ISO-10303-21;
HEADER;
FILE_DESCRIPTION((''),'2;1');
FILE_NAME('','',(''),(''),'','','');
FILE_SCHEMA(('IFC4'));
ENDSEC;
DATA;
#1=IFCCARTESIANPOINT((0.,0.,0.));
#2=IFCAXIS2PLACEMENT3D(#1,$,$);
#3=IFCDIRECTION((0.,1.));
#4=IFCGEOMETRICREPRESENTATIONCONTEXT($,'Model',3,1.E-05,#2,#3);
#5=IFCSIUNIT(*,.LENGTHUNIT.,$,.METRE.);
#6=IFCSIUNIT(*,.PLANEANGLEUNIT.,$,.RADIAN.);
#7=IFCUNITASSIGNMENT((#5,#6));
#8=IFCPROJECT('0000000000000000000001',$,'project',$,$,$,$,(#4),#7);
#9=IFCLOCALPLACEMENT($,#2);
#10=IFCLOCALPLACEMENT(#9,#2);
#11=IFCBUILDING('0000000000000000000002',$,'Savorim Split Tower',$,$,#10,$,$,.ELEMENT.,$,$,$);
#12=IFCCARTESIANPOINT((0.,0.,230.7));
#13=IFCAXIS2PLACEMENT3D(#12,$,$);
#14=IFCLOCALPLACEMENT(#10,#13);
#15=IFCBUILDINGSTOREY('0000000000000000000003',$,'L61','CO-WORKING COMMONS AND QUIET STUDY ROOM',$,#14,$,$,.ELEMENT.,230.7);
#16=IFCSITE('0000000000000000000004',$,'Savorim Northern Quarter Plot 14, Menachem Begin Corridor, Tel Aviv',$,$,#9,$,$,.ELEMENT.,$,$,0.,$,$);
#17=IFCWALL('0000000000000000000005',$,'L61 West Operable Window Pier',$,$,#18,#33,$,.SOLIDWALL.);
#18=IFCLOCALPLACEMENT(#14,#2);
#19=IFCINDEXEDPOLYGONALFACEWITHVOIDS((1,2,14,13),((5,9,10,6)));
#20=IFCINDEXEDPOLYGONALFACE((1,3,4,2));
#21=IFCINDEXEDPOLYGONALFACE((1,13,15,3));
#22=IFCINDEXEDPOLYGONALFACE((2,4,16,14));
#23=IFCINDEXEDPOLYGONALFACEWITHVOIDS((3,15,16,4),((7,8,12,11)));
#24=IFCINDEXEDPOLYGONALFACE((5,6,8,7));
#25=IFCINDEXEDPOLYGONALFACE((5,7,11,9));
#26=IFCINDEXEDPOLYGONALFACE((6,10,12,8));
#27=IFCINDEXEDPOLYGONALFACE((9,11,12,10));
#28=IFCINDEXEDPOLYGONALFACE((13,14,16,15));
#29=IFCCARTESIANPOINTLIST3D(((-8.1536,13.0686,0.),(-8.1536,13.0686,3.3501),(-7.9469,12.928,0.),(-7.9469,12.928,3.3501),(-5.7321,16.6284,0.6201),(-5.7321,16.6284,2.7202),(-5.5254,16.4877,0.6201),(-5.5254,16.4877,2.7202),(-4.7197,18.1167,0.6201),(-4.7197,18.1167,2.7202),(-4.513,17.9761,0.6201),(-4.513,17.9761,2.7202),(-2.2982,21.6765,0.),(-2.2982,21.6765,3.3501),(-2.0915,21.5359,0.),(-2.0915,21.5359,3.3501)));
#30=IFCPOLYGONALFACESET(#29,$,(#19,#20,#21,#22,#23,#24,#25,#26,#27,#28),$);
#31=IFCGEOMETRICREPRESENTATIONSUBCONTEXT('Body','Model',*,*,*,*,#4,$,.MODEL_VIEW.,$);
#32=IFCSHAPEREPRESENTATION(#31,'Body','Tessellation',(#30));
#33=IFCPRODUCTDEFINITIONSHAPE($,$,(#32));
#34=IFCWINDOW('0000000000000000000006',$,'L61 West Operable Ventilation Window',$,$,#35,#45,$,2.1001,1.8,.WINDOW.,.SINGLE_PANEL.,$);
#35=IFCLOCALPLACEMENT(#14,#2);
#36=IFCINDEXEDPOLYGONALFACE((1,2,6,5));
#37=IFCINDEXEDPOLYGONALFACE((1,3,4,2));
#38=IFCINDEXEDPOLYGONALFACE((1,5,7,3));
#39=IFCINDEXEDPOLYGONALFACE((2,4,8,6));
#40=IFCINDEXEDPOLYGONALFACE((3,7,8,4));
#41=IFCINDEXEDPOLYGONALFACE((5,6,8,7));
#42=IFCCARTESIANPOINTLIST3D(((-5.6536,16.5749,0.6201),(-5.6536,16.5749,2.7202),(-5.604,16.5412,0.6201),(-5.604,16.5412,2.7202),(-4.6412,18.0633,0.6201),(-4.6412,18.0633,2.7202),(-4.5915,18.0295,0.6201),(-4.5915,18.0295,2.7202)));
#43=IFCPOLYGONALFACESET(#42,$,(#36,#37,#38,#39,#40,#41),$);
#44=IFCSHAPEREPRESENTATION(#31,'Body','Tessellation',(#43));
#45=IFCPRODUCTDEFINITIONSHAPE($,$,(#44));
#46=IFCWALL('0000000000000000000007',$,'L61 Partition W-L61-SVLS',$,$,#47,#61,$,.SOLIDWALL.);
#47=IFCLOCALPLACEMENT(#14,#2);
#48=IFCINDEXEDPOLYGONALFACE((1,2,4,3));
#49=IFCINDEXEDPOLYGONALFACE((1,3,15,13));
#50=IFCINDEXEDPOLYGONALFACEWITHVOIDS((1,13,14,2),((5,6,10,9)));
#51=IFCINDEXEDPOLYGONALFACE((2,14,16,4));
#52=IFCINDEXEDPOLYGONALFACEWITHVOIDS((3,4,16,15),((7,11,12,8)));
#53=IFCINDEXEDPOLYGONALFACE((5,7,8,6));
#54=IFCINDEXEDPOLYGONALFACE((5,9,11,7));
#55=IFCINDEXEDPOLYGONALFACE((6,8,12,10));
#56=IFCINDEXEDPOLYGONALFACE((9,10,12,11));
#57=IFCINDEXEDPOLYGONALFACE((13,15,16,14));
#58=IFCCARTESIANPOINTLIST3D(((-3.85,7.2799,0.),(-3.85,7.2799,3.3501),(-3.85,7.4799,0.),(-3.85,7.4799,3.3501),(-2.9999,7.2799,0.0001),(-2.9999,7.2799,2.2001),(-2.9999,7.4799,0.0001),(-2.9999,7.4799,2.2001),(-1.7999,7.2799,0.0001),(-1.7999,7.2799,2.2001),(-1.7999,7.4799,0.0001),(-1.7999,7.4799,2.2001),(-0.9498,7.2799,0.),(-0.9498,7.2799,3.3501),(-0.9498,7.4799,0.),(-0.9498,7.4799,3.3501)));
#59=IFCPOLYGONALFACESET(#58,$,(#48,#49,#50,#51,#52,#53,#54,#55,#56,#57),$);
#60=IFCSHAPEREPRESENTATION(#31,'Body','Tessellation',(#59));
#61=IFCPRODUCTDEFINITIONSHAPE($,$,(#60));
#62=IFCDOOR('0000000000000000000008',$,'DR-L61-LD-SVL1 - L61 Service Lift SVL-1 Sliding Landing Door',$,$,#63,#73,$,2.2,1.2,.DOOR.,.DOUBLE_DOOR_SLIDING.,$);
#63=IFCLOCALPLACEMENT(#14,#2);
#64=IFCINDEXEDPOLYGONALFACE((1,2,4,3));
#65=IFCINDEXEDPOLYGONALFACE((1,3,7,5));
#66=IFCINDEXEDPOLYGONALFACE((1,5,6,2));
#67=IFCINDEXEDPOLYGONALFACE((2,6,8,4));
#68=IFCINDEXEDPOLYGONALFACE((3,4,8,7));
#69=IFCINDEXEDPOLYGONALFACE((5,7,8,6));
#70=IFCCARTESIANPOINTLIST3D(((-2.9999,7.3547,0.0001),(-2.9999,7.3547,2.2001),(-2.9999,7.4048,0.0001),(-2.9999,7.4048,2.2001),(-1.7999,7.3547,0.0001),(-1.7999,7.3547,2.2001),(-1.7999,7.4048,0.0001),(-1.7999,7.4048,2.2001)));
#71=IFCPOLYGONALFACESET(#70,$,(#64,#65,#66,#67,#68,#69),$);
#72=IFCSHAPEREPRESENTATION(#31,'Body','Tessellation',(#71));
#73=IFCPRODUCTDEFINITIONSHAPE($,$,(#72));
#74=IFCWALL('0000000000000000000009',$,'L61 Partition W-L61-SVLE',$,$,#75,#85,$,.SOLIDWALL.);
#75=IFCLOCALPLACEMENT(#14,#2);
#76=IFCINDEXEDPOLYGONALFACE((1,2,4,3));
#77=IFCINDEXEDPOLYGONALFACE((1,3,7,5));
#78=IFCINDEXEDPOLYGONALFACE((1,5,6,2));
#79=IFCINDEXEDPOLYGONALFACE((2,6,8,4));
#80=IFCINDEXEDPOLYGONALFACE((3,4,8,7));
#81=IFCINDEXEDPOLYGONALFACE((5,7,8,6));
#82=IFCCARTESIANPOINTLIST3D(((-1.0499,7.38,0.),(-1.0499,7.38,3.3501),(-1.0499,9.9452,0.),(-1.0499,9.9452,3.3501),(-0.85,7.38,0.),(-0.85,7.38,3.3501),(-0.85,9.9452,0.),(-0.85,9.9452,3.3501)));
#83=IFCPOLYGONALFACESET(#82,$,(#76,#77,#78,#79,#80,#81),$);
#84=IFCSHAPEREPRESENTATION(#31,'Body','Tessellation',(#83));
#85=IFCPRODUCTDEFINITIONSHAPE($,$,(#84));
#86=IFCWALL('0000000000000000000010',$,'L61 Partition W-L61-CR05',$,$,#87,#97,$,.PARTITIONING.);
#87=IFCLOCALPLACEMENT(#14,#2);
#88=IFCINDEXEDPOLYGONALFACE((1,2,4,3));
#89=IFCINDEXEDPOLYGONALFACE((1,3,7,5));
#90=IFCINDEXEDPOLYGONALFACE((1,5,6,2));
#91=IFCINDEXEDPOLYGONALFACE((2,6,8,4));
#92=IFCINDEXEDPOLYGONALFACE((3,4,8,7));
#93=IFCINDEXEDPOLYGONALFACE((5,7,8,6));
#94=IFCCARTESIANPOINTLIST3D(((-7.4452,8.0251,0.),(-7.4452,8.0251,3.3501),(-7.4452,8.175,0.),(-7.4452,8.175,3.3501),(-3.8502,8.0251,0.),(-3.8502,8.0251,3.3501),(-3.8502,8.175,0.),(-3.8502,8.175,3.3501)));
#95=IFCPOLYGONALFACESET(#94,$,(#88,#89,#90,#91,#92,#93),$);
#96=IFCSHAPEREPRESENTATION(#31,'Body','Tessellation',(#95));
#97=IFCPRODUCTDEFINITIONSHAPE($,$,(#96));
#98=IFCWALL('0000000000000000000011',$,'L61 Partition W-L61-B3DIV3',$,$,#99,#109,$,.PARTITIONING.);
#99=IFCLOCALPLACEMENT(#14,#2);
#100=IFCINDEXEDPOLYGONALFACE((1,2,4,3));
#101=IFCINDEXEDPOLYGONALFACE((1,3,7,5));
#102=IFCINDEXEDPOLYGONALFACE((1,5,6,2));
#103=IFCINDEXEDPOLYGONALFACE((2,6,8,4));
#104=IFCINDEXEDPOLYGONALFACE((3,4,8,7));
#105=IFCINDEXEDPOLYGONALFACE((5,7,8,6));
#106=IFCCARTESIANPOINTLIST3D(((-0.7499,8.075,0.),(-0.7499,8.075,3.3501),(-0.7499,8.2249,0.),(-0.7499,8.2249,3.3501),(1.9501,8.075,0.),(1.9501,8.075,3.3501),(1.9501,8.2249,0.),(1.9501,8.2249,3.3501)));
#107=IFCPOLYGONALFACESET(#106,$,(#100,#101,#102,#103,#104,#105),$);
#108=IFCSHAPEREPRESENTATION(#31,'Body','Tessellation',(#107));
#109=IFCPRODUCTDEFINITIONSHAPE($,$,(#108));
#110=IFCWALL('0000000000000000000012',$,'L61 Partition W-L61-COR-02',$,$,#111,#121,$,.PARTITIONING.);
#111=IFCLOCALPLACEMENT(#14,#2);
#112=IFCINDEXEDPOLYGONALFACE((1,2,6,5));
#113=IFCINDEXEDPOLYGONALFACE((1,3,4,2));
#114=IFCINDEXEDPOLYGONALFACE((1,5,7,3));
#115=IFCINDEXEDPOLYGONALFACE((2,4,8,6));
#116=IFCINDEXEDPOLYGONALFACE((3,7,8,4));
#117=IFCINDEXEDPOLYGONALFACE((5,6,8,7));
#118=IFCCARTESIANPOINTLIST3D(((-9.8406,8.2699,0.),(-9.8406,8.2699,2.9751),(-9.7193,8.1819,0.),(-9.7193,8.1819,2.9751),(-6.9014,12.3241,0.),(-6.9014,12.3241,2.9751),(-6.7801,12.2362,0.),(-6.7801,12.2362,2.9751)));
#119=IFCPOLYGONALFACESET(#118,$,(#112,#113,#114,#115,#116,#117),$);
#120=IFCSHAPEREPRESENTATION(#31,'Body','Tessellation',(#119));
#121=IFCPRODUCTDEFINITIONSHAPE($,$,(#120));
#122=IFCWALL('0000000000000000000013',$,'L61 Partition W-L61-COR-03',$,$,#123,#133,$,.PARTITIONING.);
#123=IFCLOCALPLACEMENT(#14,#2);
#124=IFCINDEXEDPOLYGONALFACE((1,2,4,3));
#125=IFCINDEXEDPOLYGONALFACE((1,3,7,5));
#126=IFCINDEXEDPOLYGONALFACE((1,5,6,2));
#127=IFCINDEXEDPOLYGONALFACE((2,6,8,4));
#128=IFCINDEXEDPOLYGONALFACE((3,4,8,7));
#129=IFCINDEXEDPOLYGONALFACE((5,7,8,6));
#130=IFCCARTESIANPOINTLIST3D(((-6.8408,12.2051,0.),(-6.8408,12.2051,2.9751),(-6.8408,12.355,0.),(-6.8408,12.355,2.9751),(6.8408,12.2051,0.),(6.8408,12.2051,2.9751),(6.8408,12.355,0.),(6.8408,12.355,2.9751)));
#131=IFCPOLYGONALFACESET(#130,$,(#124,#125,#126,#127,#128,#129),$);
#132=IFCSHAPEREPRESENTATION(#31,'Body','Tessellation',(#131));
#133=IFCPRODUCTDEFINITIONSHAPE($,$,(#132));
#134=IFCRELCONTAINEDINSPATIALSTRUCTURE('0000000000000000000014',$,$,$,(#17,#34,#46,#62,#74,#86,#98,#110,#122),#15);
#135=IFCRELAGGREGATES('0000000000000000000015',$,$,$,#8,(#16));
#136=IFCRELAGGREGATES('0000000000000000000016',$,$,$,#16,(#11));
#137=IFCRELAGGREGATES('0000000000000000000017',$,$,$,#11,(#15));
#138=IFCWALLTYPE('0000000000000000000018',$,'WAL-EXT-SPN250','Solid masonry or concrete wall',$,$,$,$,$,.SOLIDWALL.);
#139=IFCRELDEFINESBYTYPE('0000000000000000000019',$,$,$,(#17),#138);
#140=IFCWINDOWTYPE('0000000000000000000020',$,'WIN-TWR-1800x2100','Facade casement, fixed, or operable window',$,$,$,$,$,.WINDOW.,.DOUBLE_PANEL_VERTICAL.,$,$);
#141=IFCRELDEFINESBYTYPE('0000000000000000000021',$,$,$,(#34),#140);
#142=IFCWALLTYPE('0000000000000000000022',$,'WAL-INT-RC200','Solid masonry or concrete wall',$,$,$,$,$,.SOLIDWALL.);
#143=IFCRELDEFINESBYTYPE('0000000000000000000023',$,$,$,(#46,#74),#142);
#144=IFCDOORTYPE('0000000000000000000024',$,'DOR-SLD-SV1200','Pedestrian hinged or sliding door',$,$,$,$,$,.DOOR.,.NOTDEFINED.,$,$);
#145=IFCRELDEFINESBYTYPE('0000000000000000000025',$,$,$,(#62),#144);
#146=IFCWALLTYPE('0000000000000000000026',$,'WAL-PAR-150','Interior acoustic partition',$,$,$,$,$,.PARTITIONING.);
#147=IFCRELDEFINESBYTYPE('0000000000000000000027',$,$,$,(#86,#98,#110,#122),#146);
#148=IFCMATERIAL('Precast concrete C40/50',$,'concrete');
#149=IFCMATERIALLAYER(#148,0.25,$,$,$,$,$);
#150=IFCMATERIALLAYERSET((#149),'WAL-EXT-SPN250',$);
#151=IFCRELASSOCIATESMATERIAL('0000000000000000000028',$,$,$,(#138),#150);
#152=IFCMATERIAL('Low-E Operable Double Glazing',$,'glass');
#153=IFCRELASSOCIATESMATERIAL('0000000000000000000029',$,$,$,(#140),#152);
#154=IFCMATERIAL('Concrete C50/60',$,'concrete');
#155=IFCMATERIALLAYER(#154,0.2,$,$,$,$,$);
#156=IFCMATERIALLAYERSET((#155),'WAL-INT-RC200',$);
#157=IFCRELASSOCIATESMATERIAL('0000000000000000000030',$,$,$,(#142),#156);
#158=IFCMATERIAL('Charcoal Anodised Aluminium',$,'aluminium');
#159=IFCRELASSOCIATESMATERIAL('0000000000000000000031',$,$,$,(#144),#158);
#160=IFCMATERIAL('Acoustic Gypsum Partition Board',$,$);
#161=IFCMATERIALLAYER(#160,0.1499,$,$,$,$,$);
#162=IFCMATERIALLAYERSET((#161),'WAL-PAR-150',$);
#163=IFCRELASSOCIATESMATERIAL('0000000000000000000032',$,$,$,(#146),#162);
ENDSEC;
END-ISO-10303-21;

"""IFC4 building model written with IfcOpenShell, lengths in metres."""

from ifc_helpers import new_model, si_unit, direction, frame, frame_2d, origin, place, context, subcontext, project, spatial, rectangle, extrude, material, layer, layer_set, type_object, element, fill, save


model = new_model("IFC4")

# Units and contexts
model_context = context("Model", 3, precision=1e-05, world=origin(), true_north=direction((0.0, 1.0)))
body_context = subcontext(model_context, "Body", "Model", "MODEL_VIEW")
ifc_project = project(units=[si_unit("LENGTHUNIT", "METRE"), si_unit("PLANEANGLEUNIT", "RADIAN")], contexts=[model_context])

# Site, building, storey
site_placement = place(None, origin())
site = spatial("IfcSite", under=ifc_project, at=site_placement, Name="Savorim Northern Quarter Plot 14, Menachem Begin Corridor, Tel Aviv", CompositionType="ELEMENT", RefElevation=0.0)
building_placement = place(site_placement, origin())
building = spatial("IfcBuilding", under=site, at=building_placement, Name="Savorim Split Tower", CompositionType="ELEMENT")
storey_placement = place(building_placement, frame((0.0, 0.0, 230.7)))
storey = spatial("IfcBuildingStorey", under=building, at=storey_placement, Name="L61", Description="CO-WORKING COMMONS AND QUIET STUDY ROOM", CompositionType="ELEMENT", Elevation=230.7)

# Shared definitions
ifc_material_1 = material(Name="Charcoal Anodised Aluminium", Category="aluminium")

# Wall, opening, window
ifc_material_2 = material(Name="Precast concrete C40/50", Category="concrete")
ifc_material_3 = material(Name="Low-E Operable Double Glazing", Category="glass")
ifc_layer_1 = layer(ifc_material_2, 0.25)
ifc_layer_set_1 = layer_set([ifc_layer_1], Name="WAL-EXT-SPN250")
wall_type_1 = type_object("IfcWallType", Name="WAL-EXT-SPN250", Description="Solid masonry or concrete wall", PredefinedType="SOLIDWALL", material=ifc_layer_set_1)
wall_1_placement = place(storey_placement, frame((-8.0503, 12.9983, 0.0), z_axis=(0.0, 0.0, 1.0), x_axis=(0.562447, 0.826833, 0.0)))
wall_1 = element("IfcWall", 1, at=wall_1_placement, inside=storey, type_object=wall_type_1, Name="L61 West Operable Window Pier", PredefinedType="SOLIDWALL", context=body_context, shape_type="SweptSolid", body=[
    extrude(rectangle(XDim=10.4106, YDim=0.25, at=frame_2d((5.2053, 0.0))), origin(), (0.0, 0.0, 1.0), 3.3501),
])
opening_1_placement = place(wall_1_placement, frame((4.3054, 0.0, 0.6201)))
opening_1 = element("IfcOpeningElement", 2, at=opening_1_placement, cuts=wall_1, PredefinedType="OPENING", context=body_context, shape_type="SweptSolid", body=[
    extrude(rectangle(XDim=1.8, YDim=2.1001, at=frame_2d((0.8999, 1.05))), frame((0.0, 0.135, 0.0), z_axis=(0.0, -1.0, 0.0), x_axis=(1.0, 0.0, 0.0)), (0.0, 0.0, 1.0), 0.27),
])
window_type_1 = type_object("IfcWindowType", Name="WIN-TWR-1800x2100", Description="Facade casement, fixed, or operable window", PartitioningType="DOUBLE_PANEL_VERTICAL", PredefinedType="WINDOW", material=ifc_material_3)
window_1_placement = place(opening_1_placement, origin())
window_1 = element("IfcWindow", 3, at=window_1_placement, inside=storey, type_object=window_type_1, Name="L61 West Operable Ventilation Window", OverallHeight=2.1001, OverallWidth=1.8, PartitioningType="SINGLE_PANEL", PredefinedType="WINDOW", context=body_context, shape_type="SweptSolid", body=[
    extrude(rectangle(XDim=1.8, YDim=2.1001, at=frame_2d((0.8999, 1.05))), frame((0.0, 0.03, 0.0), z_axis=(0.0, -1.0, 0.0), x_axis=(1.0, 0.0, 0.0)), (0.0, 0.0, 1.0), 0.0601),
])
fill(opening_1, window_1)

# Wall, opening, door
ifc_material_4 = material(Name="Concrete C50/60", Category="concrete")
ifc_layer_2 = layer(ifc_material_4, 0.2)
ifc_layer_set_2 = layer_set([ifc_layer_2], Name="WAL-INT-RC200")
wall_type_2 = type_object("IfcWallType", Name="WAL-INT-RC200", Description="Solid masonry or concrete wall", PredefinedType="SOLIDWALL", material=ifc_layer_set_2)
wall_2_placement = place(storey_placement, frame((-3.8501, 7.3799, 0.0), z_axis=(0.0, 0.0, 1.0), x_axis=(1.0, 0.0, 0.0)))
wall_2 = element("IfcWall", 4, at=wall_2_placement, inside=storey, type_object=wall_type_2, Name="L61 Partition W-L61-SVLS", PredefinedType="SOLIDWALL", context=body_context, shape_type="SweptSolid", body=[
    extrude(rectangle(XDim=2.9001, YDim=0.2, at=frame_2d((1.4502, 0.0))), origin(), (0.0, 0.0, 1.0), 3.3501),
])
opening_2_placement = place(wall_2_placement, frame((0.8501, 0.0, 0.0)))
opening_2 = element("IfcOpeningElement", 5, at=opening_2_placement, cuts=wall_2, PredefinedType="OPENING", context=body_context, shape_type="SweptSolid", body=[
    extrude(rectangle(XDim=1.2, YDim=2.2, at=frame_2d((0.6001, 1.1001))), frame((0.0, 0.1099, 0.0), z_axis=(0.0, -1.0, 0.0), x_axis=(1.0, 0.0, 0.0)), (0.0, 0.0, 1.0), 0.22),
])
door_type = type_object("IfcDoorType", Name="DOR-SLD-SV1200", Description="Pedestrian hinged or sliding door", OperationType="NOTDEFINED", PredefinedType="DOOR", material=ifc_material_1)
door_placement = place(opening_2_placement, origin())
door = element("IfcDoor", 6, at=door_placement, inside=storey, type_object=door_type, Name="DR-L61-LD-SVL1 - L61 Service Lift SVL-1 Sliding Landing Door", OperationType="DOUBLE_DOOR_SLIDING", OverallHeight=2.2, OverallWidth=1.2, PredefinedType="DOOR", context=body_context, shape_type="SweptSolid", body=[
    extrude(rectangle(XDim=1.2, YDim=2.2, at=frame_2d((0.6001, 1.1001))), frame((0.0, 0.0249, 0.0), z_axis=(0.0, -1.0, 0.0), x_axis=(1.0, 0.0, 0.0)), (0.0, 0.0, 1.0), 0.05),
])
fill(opening_2, door)

# Walls
wall_3_placement = place(storey_placement, frame((-0.95, 7.3799, 0.0), z_axis=(0.0, 0.0, 1.0), x_axis=(0.0, 1.0, 0.0)))
element("IfcWall", 7, at=wall_3_placement, inside=storey, type_object=wall_type_2, Name="L61 Partition W-L61-SVLE", PredefinedType="SOLIDWALL", context=body_context, shape_type="SweptSolid", body=[
    extrude(rectangle(XDim=2.5652, YDim=0.2, at=frame_2d((1.2827, 0.0))), origin(), (0.0, 0.0, 1.0), 3.3501),
])
ifc_material_5 = material(Name="Acoustic Gypsum Partition Board")
ifc_layer_3 = layer(ifc_material_5, 0.1499)
ifc_layer_set_3 = layer_set([ifc_layer_3], Name="WAL-PAR-150")
wall_type_3 = type_object("IfcWallType", Name="WAL-PAR-150", Description="Interior acoustic partition", PredefinedType="PARTITIONING", material=ifc_layer_set_3)
wall_4_placement = place(storey_placement, frame((-7.4451, 8.1001, 0.0), z_axis=(0.0, 0.0, 1.0), x_axis=(1.0, 0.0, 0.0)))
element("IfcWall", 8, at=wall_4_placement, inside=storey, type_object=wall_type_3, Name="L61 Partition W-L61-CR05", PredefinedType="PARTITIONING", context=body_context, shape_type="SweptSolid", body=[
    extrude(rectangle(XDim=3.595, YDim=0.1499, at=frame_2d((1.7974, 0.0))), origin(), (0.0, 0.0, 1.0), 3.3501),
])
wall_5_placement = place(storey_placement, frame((-0.75, 8.1499, 0.0), z_axis=(0.0, 0.0, 1.0), x_axis=(1.0, 0.0, 0.0)))
element("IfcWall", 9, at=wall_5_placement, inside=storey, type_object=wall_type_3, Name="L61 Partition W-L61-B3DIV3", PredefinedType="PARTITIONING", context=body_context, shape_type="SweptSolid", body=[
    extrude(rectangle(XDim=2.7, YDim=0.1499, at=frame_2d((1.3501, 0.0))), origin(), (0.0, 0.0, 1.0), 3.3501),
])
wall_6_placement = place(storey_placement, frame((-9.78, 8.2258, 0.0), z_axis=(0.0, 0.0, 1.0), x_axis=(0.586956, 0.809619, 0.0)))
element("IfcWall", 10, at=wall_6_placement, inside=storey, type_object=wall_type_3, Name="L61 Partition W-L61-COR-02", PredefinedType="PARTITIONING", context=body_context, shape_type="SweptSolid", body=[
    extrude(rectangle(XDim=5.0076, YDim=0.1499, at=frame_2d((2.5039, 0.0))), origin(), (0.0, 0.0, 1.0), 2.9751),
])
wall_7_placement = place(storey_placement, frame((-6.8408, 12.28, 0.0), z_axis=(0.0, 0.0, 1.0), x_axis=(1.0, 0.0, 0.0)))
element("IfcWall", 11, at=wall_7_placement, inside=storey, type_object=wall_type_3, Name="L61 Partition W-L61-COR-03", PredefinedType="PARTITIONING", context=body_context, shape_type="SweptSolid", body=[
    extrude(rectangle(XDim=13.6816, YDim=0.1499, at=frame_2d((6.8408, 0.0))), origin(), (0.0, 0.0, 1.0), 2.9751),
])

save(model, "model.ifc")
